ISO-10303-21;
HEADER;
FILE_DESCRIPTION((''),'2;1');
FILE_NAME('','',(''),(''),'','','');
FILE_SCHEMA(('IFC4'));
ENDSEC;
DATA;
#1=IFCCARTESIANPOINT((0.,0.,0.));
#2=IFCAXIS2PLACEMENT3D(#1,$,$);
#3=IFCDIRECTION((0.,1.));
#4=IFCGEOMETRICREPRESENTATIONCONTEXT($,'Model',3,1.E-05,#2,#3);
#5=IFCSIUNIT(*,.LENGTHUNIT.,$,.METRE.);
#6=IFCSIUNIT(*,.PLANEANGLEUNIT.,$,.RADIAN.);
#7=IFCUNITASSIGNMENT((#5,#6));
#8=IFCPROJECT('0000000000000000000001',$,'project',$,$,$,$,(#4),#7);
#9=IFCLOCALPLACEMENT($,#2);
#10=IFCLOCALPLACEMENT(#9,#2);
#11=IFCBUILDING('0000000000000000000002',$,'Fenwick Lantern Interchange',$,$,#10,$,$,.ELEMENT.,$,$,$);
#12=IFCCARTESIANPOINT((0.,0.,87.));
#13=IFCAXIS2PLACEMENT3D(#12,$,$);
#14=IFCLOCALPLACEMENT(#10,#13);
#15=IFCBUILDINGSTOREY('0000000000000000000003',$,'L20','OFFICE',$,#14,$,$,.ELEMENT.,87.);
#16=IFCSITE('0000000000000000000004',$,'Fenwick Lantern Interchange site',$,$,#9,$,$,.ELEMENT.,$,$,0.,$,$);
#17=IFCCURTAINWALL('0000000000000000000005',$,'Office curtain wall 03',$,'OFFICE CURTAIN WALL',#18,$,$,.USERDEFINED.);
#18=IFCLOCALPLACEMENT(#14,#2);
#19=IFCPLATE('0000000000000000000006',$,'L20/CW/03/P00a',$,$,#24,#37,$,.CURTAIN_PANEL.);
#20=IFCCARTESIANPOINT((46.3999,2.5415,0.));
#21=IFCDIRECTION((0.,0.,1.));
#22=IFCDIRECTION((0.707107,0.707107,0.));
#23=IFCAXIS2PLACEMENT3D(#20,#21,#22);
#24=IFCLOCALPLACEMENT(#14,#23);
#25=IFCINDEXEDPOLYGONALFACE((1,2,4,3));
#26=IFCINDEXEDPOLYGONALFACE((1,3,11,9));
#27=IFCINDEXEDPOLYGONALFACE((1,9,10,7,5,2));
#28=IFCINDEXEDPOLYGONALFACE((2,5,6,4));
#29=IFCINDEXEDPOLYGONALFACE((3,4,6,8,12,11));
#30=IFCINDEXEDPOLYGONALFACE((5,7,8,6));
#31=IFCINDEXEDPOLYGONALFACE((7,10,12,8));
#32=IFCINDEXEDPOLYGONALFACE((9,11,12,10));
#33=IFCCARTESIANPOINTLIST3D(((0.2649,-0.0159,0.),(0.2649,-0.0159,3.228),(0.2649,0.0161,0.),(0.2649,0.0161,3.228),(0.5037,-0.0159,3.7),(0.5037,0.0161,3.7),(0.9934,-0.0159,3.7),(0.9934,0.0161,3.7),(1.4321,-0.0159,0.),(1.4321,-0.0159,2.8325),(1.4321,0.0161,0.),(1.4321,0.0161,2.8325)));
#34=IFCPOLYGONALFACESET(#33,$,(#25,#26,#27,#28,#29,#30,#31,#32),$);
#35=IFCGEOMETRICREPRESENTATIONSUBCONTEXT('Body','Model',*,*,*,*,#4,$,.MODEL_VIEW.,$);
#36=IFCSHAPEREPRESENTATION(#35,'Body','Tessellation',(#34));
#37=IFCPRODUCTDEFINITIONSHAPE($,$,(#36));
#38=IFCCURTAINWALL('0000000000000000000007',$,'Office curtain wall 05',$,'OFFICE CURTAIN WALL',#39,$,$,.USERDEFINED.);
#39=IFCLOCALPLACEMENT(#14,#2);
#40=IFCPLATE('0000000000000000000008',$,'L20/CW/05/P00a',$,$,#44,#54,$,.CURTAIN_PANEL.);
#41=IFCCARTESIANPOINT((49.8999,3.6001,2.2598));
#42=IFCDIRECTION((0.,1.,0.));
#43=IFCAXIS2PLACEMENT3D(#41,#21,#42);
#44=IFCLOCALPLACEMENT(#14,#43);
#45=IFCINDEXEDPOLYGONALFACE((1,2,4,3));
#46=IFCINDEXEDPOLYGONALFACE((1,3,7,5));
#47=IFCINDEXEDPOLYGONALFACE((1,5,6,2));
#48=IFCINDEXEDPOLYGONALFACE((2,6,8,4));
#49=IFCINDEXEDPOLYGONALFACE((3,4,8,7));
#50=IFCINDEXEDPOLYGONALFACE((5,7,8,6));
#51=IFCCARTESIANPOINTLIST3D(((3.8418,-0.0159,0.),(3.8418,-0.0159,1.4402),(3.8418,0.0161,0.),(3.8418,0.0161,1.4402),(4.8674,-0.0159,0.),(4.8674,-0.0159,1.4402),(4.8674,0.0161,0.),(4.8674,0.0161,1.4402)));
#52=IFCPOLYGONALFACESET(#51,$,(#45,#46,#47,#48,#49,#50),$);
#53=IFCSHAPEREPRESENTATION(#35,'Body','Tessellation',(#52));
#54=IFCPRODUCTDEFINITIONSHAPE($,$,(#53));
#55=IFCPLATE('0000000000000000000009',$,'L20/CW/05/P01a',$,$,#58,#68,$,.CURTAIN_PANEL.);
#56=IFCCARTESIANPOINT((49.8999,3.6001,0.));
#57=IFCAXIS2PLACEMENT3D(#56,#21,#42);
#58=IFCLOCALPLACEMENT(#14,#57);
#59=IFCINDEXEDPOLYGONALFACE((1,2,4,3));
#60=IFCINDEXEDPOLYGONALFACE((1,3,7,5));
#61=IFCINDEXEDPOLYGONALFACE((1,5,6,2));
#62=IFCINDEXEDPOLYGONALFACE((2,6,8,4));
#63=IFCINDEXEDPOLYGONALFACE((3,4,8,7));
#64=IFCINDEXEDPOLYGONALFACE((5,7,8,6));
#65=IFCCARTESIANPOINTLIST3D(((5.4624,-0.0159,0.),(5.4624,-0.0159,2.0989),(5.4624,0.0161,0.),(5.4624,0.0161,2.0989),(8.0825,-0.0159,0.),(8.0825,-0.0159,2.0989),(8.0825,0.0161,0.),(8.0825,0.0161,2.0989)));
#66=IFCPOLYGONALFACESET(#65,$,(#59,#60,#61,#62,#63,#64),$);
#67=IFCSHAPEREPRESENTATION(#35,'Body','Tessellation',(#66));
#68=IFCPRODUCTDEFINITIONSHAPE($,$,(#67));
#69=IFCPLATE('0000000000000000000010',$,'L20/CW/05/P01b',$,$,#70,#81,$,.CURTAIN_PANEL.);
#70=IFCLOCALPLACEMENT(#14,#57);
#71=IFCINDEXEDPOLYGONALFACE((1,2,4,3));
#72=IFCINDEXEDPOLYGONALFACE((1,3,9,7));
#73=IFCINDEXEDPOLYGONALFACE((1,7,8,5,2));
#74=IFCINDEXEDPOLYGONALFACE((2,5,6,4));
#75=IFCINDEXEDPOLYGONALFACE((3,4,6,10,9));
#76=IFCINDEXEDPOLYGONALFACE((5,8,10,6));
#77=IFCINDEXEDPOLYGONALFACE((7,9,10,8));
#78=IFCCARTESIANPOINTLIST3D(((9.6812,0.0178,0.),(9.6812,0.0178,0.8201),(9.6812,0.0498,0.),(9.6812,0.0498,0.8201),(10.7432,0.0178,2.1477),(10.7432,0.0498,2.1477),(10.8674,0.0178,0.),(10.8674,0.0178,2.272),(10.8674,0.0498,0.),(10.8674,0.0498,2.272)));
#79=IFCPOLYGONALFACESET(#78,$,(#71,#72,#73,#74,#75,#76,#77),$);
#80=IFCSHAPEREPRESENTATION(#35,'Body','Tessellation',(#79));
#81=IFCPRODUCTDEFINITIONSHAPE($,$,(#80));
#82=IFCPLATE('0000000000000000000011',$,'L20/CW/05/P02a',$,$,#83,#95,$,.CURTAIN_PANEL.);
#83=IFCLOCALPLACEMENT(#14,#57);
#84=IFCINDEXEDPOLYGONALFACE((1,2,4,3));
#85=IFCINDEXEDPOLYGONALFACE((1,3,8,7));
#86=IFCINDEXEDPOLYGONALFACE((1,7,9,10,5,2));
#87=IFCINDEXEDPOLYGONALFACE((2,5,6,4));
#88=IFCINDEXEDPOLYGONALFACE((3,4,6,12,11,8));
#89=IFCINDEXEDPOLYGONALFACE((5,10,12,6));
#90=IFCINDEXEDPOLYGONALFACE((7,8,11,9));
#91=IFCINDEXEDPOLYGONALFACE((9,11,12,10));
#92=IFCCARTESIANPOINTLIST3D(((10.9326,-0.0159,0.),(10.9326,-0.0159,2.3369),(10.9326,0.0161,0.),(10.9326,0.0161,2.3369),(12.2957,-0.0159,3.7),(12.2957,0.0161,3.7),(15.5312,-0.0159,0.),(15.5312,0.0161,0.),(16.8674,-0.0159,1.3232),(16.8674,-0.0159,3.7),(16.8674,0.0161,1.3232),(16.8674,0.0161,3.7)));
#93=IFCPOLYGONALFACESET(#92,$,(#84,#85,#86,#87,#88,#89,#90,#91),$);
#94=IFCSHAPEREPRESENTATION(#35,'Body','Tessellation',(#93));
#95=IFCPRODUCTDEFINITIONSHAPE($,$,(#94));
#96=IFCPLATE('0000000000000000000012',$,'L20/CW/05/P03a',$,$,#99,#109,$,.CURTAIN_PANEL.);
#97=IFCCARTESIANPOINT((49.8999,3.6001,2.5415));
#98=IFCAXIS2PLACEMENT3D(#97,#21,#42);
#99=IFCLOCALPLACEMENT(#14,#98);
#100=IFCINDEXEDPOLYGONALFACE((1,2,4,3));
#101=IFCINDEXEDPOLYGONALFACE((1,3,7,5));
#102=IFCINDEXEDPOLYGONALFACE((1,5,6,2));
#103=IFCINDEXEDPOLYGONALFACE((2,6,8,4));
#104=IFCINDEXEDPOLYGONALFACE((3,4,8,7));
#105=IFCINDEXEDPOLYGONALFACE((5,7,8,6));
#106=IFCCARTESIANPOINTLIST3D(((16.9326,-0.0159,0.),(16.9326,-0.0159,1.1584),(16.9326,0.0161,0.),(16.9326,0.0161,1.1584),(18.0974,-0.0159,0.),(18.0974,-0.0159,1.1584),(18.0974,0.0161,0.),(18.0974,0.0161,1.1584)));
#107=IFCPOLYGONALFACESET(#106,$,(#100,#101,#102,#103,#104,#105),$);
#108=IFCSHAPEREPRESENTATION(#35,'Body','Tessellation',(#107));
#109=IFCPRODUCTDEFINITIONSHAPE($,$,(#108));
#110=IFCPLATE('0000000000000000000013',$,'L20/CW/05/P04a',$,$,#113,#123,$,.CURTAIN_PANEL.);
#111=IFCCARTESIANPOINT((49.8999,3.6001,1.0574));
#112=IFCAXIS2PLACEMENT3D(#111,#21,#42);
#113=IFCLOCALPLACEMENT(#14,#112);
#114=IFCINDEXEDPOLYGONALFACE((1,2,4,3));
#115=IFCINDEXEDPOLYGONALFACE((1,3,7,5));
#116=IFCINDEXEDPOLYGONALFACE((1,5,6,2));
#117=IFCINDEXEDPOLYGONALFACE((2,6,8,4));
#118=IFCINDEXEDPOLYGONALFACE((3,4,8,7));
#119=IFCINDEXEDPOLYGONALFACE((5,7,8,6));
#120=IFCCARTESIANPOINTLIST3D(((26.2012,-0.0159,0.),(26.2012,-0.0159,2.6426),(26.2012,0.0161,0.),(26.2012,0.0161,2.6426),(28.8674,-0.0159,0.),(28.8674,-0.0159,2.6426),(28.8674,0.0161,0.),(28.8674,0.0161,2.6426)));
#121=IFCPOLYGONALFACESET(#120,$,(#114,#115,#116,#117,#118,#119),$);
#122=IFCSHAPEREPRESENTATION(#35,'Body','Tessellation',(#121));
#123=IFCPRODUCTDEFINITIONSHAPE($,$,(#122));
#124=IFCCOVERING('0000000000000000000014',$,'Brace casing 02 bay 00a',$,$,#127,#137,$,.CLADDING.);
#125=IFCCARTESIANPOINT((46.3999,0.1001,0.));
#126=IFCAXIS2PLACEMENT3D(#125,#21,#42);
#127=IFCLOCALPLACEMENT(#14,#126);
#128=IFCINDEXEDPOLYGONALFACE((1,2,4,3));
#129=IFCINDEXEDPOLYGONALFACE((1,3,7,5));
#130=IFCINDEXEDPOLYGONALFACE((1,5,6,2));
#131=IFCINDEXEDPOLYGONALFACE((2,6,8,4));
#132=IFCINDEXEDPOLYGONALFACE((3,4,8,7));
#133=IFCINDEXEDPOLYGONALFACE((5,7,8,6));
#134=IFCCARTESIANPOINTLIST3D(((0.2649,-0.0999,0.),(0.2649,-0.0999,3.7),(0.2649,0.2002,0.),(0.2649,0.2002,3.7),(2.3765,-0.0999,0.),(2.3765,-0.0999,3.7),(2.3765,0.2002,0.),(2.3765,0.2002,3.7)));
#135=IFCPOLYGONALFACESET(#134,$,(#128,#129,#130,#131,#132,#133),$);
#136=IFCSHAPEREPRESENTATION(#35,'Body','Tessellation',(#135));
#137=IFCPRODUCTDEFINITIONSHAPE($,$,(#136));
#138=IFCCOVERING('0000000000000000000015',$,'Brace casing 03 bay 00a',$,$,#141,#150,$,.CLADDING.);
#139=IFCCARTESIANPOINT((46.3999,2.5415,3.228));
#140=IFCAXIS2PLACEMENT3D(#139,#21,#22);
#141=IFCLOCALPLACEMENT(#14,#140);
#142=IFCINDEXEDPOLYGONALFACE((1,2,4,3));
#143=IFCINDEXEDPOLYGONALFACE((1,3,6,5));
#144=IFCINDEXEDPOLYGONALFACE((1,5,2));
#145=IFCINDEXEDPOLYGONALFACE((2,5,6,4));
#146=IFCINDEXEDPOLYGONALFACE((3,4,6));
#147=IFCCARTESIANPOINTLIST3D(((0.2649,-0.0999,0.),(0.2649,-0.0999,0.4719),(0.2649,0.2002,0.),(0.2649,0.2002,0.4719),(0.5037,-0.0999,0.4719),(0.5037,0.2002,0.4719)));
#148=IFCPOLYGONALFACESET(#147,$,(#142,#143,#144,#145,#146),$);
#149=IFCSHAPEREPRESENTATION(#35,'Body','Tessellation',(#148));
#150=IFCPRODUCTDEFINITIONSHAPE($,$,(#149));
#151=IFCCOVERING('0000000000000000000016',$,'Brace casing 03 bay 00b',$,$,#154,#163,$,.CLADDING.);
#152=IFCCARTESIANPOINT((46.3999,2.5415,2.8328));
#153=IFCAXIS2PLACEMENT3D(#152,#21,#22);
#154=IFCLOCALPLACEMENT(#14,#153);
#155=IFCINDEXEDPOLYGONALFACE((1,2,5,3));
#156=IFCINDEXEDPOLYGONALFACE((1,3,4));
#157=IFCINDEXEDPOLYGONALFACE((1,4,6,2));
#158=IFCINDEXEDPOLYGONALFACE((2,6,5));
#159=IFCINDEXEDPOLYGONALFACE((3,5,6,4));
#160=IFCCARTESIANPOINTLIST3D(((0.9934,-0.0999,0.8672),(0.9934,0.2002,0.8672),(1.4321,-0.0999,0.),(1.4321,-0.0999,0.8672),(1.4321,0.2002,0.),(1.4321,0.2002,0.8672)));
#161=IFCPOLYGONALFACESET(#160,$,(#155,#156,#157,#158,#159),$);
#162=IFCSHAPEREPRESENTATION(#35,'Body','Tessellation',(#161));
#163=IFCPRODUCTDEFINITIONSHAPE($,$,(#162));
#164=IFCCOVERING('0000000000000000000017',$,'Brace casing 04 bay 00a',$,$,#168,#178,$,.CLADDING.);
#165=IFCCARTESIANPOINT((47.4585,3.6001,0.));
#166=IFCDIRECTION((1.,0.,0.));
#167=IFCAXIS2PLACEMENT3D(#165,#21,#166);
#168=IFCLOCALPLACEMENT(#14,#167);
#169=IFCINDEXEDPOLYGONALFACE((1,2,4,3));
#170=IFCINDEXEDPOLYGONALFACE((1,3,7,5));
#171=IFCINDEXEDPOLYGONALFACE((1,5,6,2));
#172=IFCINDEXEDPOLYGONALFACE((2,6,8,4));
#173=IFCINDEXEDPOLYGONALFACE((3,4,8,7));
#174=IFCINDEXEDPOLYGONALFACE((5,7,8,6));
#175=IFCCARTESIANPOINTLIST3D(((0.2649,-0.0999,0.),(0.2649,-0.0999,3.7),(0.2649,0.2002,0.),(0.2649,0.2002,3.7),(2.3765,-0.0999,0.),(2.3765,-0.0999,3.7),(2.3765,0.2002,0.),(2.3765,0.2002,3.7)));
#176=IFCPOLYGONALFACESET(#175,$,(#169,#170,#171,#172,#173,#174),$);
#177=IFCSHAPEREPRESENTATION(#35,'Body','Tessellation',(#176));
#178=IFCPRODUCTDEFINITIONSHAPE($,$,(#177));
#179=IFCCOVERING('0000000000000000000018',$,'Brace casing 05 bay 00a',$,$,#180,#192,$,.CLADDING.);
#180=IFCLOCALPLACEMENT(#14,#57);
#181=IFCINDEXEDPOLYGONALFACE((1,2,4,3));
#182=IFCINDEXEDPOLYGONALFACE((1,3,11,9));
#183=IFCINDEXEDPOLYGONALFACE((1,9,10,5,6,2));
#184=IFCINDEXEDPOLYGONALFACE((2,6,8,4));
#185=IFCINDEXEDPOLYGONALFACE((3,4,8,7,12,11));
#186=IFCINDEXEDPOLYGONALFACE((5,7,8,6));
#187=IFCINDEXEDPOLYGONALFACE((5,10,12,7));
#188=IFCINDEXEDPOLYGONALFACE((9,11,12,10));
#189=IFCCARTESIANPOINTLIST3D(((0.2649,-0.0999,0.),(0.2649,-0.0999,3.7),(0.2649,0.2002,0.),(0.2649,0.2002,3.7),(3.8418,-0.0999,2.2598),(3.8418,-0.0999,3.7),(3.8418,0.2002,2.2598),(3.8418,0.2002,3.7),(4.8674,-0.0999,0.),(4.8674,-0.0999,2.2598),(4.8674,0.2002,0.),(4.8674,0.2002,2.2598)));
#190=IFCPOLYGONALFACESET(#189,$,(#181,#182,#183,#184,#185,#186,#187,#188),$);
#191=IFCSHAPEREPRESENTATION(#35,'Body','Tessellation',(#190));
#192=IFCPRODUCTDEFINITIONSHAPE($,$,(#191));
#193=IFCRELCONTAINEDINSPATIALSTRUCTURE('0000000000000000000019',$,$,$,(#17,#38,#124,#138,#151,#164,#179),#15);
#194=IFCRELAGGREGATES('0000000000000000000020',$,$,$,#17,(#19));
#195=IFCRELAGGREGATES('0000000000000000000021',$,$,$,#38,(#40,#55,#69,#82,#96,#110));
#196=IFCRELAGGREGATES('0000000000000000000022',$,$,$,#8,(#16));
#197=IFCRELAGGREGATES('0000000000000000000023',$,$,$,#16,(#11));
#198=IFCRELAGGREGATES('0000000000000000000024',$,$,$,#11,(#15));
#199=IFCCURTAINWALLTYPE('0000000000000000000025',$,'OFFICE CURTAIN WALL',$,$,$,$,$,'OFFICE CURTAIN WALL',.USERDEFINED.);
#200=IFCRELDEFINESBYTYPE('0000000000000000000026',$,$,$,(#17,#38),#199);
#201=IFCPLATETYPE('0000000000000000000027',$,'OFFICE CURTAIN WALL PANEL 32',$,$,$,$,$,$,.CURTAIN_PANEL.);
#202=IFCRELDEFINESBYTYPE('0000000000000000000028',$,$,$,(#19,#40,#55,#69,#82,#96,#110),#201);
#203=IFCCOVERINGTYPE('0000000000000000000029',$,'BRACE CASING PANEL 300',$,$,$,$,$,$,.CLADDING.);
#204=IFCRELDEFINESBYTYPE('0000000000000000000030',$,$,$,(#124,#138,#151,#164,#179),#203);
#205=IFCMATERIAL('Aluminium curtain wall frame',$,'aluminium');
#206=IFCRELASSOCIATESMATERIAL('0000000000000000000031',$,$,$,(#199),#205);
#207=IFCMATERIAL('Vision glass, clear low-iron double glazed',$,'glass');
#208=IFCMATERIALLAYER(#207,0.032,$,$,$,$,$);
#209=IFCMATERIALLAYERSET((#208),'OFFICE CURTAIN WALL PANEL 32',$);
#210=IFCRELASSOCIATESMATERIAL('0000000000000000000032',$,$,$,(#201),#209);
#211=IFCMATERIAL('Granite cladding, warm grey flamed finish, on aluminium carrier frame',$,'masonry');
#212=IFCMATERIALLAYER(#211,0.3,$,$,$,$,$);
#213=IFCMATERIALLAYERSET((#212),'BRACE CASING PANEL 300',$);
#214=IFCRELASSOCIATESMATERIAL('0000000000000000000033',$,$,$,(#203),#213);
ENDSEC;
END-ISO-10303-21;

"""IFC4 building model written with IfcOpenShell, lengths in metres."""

from ifc_helpers import new_model, si_unit, direction, frame, origin, place, context, subcontext, project, spatial, polyline, outline, extrude, material, layer, layer_set, type_object, element, aggregate, save


model = new_model("IFC4")

# Units and contexts
model_context = context("Model", 3, precision=1e-05, world=origin(), true_north=direction((0.0, 1.0)))
body_context = subcontext(model_context, "Body", "Model", "MODEL_VIEW")
ifc_project = project(units=[si_unit("LENGTHUNIT", "METRE"), si_unit("PLANEANGLEUNIT", "RADIAN")], contexts=[model_context])

# Site, building, storey
site_placement = place(None, origin())
site = spatial("IfcSite", under=ifc_project, at=site_placement, Name="Fenwick Lantern Interchange site", CompositionType="ELEMENT", RefElevation=0.0)
building_placement = place(site_placement, origin())
building = spatial("IfcBuilding", under=site, at=building_placement, Name="Fenwick Lantern Interchange", CompositionType="ELEMENT")
storey_placement = place(building_placement, frame((0.0, 0.0, 87.0)))
storey = spatial("IfcBuildingStorey", under=building, at=storey_placement, Name="L20", Description="OFFICE", CompositionType="ELEMENT", Elevation=87.0)

# Curtain wall
ifc_material_1 = material(Name="Aluminium curtain wall frame", Category="aluminium")
curtain_wall_type = type_object("IfcCurtainWallType", Name="OFFICE CURTAIN WALL", ElementType="OFFICE CURTAIN WALL", PredefinedType="USERDEFINED", material=ifc_material_1)
curtain_wall_1_placement = place(storey_placement, origin())
curtain_wall_1 = element("IfcCurtainWall", 1, at=curtain_wall_1_placement, inside=storey, type_object=curtain_wall_type, Name="Office curtain wall 03", ObjectType="OFFICE CURTAIN WALL", PredefinedType="USERDEFINED")

# Plate
ifc_material_2 = material(Name="Vision glass, clear low-iron double glazed", Category="glass")
ifc_layer_1 = layer(ifc_material_2, 0.032)
ifc_layer_set_1 = layer_set([ifc_layer_1], Name="OFFICE CURTAIN WALL PANEL 32")
plate_type = type_object("IfcPlateType", Name="OFFICE CURTAIN WALL PANEL 32", PredefinedType="CURTAIN_PANEL", material=ifc_layer_set_1)
plate_1_placement = place(storey_placement, frame((46.3999, 2.5415, 0.0), z_axis=(0.0, 0.0, 1.0), x_axis=(0.707107, 0.707107, 0.0)))
plate_1 = element("IfcPlate", 2, at=plate_1_placement, type_object=plate_type, Name="L20/CW/03/P00a", PredefinedType="CURTAIN_PANEL", context=body_context, shape_type="SweptSolid", body=[
    extrude(outline(polyline([(0.2649, 0.0), (1.4321, 0.0), (1.4321, 2.8325), (0.9934, 3.7), (0.5037, 3.7), (0.2649, 3.228), (0.2649, 0.0)])), frame((0.0, 0.0161, 0.0), z_axis=(0.0, -1.0, 0.0), x_axis=(1.0, 0.0, 0.0)), (0.0, 0.0, 1.0), 0.032),
])
aggregate(curtain_wall_1, [plate_1])

# Curtain wall, plates
curtain_wall_2_placement = place(storey_placement, origin())
curtain_wall_2 = element("IfcCurtainWall", 3, at=curtain_wall_2_placement, inside=storey, type_object=curtain_wall_type, Name="Office curtain wall 05", ObjectType="OFFICE CURTAIN WALL", PredefinedType="USERDEFINED")
plate_2_placement = place(storey_placement, frame((49.8999, 3.6001, 2.2598), z_axis=(0.0, 0.0, 1.0), x_axis=(0.0, 1.0, 0.0)))
plate_2 = element("IfcPlate", 4, at=plate_2_placement, type_object=plate_type, Name="L20/CW/05/P00a", PredefinedType="CURTAIN_PANEL", context=body_context, shape_type="SweptSolid", body=[
    extrude(outline(polyline([(3.8418, 0.0), (4.8674, 0.0), (4.8674, 1.4402), (3.8418, 1.4402), (3.8418, 0.0)])), frame((0.0, 0.0161, 0.0), z_axis=(0.0, -1.0, 0.0), x_axis=(1.0, 0.0, 0.0)), (0.0, 0.0, 1.0), 0.032),
])
plate_3_placement = place(storey_placement, frame((49.8999, 3.6001, 0.0), z_axis=(0.0, 0.0, 1.0), x_axis=(0.0, 1.0, 0.0)))
plate_3 = element("IfcPlate", 5, at=plate_3_placement, type_object=plate_type, Name="L20/CW/05/P01a", PredefinedType="CURTAIN_PANEL", context=body_context, shape_type="SweptSolid", body=[
    extrude(outline(polyline([(5.4624, 0.0), (8.0825, 0.0), (8.0825, 2.0989), (5.4624, 2.0989), (5.4624, 0.0)])), frame((0.0, 0.0161, 0.0), z_axis=(0.0, -1.0, 0.0), x_axis=(1.0, 0.0, 0.0)), (0.0, 0.0, 1.0), 0.032),
])
plate_4_placement = place(storey_placement, frame((49.8999, 3.6001, 0.0), z_axis=(0.0, 0.0, 1.0), x_axis=(0.0, 1.0, 0.0)))
plate_4 = element("IfcPlate", 6, at=plate_4_placement, type_object=plate_type, Name="L20/CW/05/P01b", PredefinedType="CURTAIN_PANEL", context=body_context, shape_type="SweptSolid", body=[
    extrude(outline(polyline([(9.6812, 0.0), (10.8674, 0.0), (10.8674, 2.272), (10.7432, 2.1477), (9.6812, 0.8201), (9.6812, 0.0)])), frame((0.0, 0.0498, 0.0), z_axis=(0.0, -1.0, 0.0), x_axis=(1.0, 0.0, 0.0)), (0.0, 0.0, 1.0), 0.032),
])
plate_5_placement = place(storey_placement, frame((49.8999, 3.6001, 0.0), z_axis=(0.0, 0.0, 1.0), x_axis=(0.0, 1.0, 0.0)))
plate_5 = element("IfcPlate", 7, at=plate_5_placement, type_object=plate_type, Name="L20/CW/05/P02a", PredefinedType="CURTAIN_PANEL", context=body_context, shape_type="SweptSolid", body=[
    extrude(outline(polyline([(10.9326, 0.0), (15.5312, 0.0), (16.8674, 1.3232), (16.8674, 3.7), (12.2957, 3.7), (10.9326, 2.3369), (10.9326, 0.0)])), frame((0.0, 0.0161, 0.0), z_axis=(0.0, -1.0, 0.0), x_axis=(1.0, 0.0, 0.0)), (0.0, 0.0, 1.0), 0.032),
])
plate_6_placement = place(storey_placement, frame((49.8999, 3.6001, 2.5415), z_axis=(0.0, 0.0, 1.0), x_axis=(0.0, 1.0, 0.0)))
plate_6 = element("IfcPlate", 8, at=plate_6_placement, type_object=plate_type, Name="L20/CW/05/P03a", PredefinedType="CURTAIN_PANEL", context=body_context, shape_type="SweptSolid", body=[
    extrude(outline(polyline([(16.9326, 0.0), (18.0974, 0.0), (18.0974, 1.1584), (16.9326, 1.1584), (16.9326, 0.0)])), frame((0.0, 0.0161, 0.0), z_axis=(0.0, -1.0, 0.0), x_axis=(1.0, 0.0, 0.0)), (0.0, 0.0, 1.0), 0.032),
])
plate_7_placement = place(storey_placement, frame((49.8999, 3.6001, 1.0574), z_axis=(0.0, 0.0, 1.0), x_axis=(0.0, 1.0, 0.0)))
plate_7 = element("IfcPlate", 9, at=plate_7_placement, type_object=plate_type, Name="L20/CW/05/P04a", PredefinedType="CURTAIN_PANEL", context=body_context, shape_type="SweptSolid", body=[
    extrude(outline(polyline([(26.2012, 0.0), (28.8674, 0.0), (28.8674, 2.6426), (26.2012, 2.6426), (26.2012, 0.0)])), frame((0.0, 0.0161, 0.0), z_axis=(0.0, -1.0, 0.0), x_axis=(1.0, 0.0, 0.0)), (0.0, 0.0, 1.0), 0.032),
])
aggregate(curtain_wall_2, [plate_2, plate_3, plate_4, plate_5, plate_6, plate_7])

# Coverings
ifc_material_3 = material(Name="Granite cladding, warm grey flamed finish, on aluminium carrier frame", Category="masonry")
ifc_layer_2 = layer(ifc_material_3, 0.3)
ifc_layer_set_2 = layer_set([ifc_layer_2], Name="BRACE CASING PANEL 300")
covering_type = type_object("IfcCoveringType", Name="BRACE CASING PANEL 300", PredefinedType="CLADDING", material=ifc_layer_set_2)
covering_1_placement = place(storey_placement, frame((46.3999, 0.1001, 0.0), z_axis=(0.0, 0.0, 1.0), x_axis=(0.0, 1.0, 0.0)))
element("IfcCovering", 10, at=covering_1_placement, inside=storey, type_object=covering_type, Name="Brace casing 02 bay 00a", PredefinedType="CLADDING", context=body_context, shape_type="SweptSolid", body=[
    extrude(outline(polyline([(0.2649, 0.0), (2.3765, 0.0), (2.3765, 3.7), (0.2649, 3.7), (0.2649, 0.0)])), frame((0.0, 0.2002, 0.0), z_axis=(0.0, -1.0, 0.0), x_axis=(1.0, 0.0, 0.0)), (0.0, 0.0, 1.0), 0.3),
])
covering_2_placement = place(storey_placement, frame((46.3999, 2.5415, 3.228), z_axis=(0.0, 0.0, 1.0), x_axis=(0.707107, 0.707107, 0.0)))
element("IfcCovering", 11, at=covering_2_placement, inside=storey, type_object=covering_type, Name="Brace casing 03 bay 00a", PredefinedType="CLADDING", context=body_context, shape_type="SweptSolid", body=[
    extrude(outline(polyline([(0.2649, 0.0), (0.5037, 0.4719), (0.2649, 0.4719), (0.2649, 0.0)])), frame((0.0, 0.2002, 0.0), z_axis=(0.0, -1.0, 0.0), x_axis=(1.0, 0.0, 0.0)), (0.0, 0.0, 1.0), 0.3),
])
covering_3_placement = place(storey_placement, frame((46.3999, 2.5415, 2.8328), z_axis=(0.0, 0.0, 1.0), x_axis=(0.707107, 0.707107, 0.0)))
element("IfcCovering", 12, at=covering_3_placement, inside=storey, type_object=covering_type, Name="Brace casing 03 bay 00b", PredefinedType="CLADDING", context=body_context, shape_type="SweptSolid", body=[
    extrude(outline(polyline([(1.4321, 0.0), (1.4321, 0.8672), (0.9934, 0.8672), (1.4321, 0.0)])), frame((0.0, 0.2002, 0.0), z_axis=(0.0, -1.0, 0.0), x_axis=(1.0, 0.0, 0.0)), (0.0, 0.0, 1.0), 0.3),
])
covering_4_placement = place(storey_placement, frame((47.4585, 3.6001, 0.0), z_axis=(0.0, 0.0, 1.0), x_axis=(1.0, 0.0, 0.0)))
element("IfcCovering", 13, at=covering_4_placement, inside=storey, type_object=covering_type, Name="Brace casing 04 bay 00a", PredefinedType="CLADDING", context=body_context, shape_type="SweptSolid", body=[
    extrude(outline(polyline([(0.2649, 0.0), (2.3765, 0.0), (2.3765, 3.7), (0.2649, 3.7), (0.2649, 0.0)])), frame((0.0, 0.2002, 0.0), z_axis=(0.0, -1.0, 0.0), x_axis=(1.0, 0.0, 0.0)), (0.0, 0.0, 1.0), 0.3),
])
covering_5_placement = place(storey_placement, frame((49.8999, 3.6001, 0.0), z_axis=(0.0, 0.0, 1.0), x_axis=(0.0, 1.0, 0.0)))
element("IfcCovering", 14, at=covering_5_placement, inside=storey, type_object=covering_type, Name="Brace casing 05 bay 00a", PredefinedType="CLADDING", context=body_context, shape_type="SweptSolid", body=[
    extrude(outline(polyline([(0.2649, 0.0), (4.8674, 0.0), (4.8674, 2.2598), (3.8418, 2.2598), (3.8418, 3.7), (0.2649, 3.7), (0.2649, 0.0)])), frame((0.0, 0.2002, 0.0), z_axis=(0.0, -1.0, 0.0), x_axis=(1.0, 0.0, 0.0)), (0.0, 0.0, 1.0), 0.3),
])

save(model, "model.ifc")
